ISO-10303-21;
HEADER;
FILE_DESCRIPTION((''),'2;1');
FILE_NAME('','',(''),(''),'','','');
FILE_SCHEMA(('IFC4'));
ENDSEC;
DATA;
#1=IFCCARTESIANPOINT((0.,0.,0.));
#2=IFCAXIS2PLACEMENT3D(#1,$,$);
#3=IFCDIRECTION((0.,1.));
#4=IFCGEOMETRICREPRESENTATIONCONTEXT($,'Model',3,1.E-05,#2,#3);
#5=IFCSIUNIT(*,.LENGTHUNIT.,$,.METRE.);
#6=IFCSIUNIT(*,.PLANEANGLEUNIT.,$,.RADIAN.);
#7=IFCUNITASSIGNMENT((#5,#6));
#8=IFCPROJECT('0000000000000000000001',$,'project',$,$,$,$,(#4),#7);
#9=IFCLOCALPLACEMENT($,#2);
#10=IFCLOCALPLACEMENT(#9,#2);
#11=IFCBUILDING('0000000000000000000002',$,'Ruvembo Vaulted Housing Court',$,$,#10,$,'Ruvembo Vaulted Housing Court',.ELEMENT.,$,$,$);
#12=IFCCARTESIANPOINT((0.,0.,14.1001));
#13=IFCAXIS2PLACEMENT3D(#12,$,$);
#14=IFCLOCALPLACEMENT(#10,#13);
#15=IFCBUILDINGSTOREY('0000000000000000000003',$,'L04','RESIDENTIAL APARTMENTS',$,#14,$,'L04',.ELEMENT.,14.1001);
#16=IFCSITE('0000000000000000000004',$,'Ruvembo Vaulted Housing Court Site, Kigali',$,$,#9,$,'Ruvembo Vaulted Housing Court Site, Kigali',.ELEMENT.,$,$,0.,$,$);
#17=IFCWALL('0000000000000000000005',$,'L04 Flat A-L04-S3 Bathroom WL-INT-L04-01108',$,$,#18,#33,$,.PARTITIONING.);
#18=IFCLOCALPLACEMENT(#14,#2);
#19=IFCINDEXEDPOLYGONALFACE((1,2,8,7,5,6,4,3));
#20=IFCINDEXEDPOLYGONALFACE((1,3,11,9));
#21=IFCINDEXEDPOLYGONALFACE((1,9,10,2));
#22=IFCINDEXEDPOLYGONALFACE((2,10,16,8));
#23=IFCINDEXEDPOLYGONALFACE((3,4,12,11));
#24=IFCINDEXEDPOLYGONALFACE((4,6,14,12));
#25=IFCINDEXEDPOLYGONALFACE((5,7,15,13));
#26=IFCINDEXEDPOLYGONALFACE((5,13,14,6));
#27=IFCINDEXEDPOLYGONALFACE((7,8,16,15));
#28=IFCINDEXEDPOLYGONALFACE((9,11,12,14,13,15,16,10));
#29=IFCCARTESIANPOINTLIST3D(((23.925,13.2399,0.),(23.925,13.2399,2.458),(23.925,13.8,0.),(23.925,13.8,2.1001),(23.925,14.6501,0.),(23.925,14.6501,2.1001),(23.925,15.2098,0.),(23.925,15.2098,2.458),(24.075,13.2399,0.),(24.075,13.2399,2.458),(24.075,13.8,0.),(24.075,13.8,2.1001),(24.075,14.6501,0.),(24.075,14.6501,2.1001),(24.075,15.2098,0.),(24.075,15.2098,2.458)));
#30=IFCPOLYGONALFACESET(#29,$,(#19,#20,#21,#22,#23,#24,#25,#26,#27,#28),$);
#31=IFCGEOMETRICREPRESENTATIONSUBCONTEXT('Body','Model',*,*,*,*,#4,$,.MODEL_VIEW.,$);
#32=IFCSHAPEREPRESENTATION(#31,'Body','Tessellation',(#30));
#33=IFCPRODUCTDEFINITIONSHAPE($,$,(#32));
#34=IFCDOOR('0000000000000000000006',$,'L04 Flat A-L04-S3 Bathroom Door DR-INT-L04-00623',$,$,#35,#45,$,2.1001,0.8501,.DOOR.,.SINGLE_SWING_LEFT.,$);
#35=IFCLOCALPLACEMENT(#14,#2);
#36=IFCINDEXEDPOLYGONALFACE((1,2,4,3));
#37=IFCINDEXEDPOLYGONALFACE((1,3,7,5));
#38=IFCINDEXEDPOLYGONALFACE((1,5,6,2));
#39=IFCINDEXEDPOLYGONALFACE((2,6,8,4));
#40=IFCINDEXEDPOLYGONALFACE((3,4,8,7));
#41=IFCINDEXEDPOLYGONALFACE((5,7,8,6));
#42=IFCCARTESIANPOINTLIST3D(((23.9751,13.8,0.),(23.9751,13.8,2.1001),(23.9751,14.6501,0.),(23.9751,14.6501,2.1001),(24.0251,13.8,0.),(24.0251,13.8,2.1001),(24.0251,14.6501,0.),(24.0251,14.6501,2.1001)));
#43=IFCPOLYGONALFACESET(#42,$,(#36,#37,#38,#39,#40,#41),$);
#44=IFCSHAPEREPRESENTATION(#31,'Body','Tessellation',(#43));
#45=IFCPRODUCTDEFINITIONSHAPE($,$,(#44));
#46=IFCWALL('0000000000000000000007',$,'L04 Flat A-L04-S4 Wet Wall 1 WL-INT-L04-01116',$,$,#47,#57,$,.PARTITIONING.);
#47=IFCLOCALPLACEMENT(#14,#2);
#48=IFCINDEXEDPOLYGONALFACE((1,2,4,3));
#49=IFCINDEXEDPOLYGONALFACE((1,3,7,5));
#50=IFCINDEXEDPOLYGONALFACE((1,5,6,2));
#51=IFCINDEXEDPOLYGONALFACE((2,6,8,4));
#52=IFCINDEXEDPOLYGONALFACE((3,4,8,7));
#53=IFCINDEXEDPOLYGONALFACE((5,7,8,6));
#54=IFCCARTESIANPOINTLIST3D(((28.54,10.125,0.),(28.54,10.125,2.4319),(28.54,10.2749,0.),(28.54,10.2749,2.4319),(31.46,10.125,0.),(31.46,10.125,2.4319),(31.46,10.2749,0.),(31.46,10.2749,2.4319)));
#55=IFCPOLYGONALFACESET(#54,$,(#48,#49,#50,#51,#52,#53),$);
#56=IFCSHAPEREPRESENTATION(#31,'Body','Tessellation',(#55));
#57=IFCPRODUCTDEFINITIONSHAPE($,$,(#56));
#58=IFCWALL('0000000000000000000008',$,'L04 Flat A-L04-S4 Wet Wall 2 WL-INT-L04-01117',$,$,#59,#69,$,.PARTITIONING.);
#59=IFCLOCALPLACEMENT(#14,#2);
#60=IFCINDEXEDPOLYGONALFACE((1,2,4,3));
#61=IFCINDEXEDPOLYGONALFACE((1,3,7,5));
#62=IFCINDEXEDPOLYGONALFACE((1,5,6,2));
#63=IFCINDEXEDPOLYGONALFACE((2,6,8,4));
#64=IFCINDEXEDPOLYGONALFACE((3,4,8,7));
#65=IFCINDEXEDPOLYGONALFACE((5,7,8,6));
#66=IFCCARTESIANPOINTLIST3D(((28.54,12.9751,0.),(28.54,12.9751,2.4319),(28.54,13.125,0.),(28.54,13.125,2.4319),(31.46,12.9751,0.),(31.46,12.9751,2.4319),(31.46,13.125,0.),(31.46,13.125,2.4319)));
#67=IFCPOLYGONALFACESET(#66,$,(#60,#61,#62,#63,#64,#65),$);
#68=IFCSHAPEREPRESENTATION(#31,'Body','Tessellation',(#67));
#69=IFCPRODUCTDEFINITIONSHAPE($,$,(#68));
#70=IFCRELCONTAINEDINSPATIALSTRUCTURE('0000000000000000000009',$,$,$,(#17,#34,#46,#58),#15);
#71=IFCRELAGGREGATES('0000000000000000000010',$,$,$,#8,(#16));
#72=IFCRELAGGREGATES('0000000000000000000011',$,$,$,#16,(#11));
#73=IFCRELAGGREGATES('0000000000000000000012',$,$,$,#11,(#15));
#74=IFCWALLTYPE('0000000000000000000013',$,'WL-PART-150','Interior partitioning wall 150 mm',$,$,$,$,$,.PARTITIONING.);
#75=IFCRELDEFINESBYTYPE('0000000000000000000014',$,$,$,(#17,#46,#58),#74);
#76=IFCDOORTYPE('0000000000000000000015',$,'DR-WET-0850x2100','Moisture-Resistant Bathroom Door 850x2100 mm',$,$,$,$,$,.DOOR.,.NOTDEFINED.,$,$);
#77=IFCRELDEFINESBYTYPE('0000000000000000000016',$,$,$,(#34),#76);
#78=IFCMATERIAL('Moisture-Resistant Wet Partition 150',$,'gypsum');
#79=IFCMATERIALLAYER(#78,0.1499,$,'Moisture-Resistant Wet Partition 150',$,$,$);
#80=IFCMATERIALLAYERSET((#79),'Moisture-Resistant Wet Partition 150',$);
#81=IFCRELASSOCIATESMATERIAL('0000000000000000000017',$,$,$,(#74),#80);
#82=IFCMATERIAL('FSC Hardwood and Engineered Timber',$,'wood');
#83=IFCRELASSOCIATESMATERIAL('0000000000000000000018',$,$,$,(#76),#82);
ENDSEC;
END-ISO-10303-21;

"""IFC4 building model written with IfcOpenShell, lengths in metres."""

from ifc_helpers import new_model, si_unit, direction, frame, frame_2d, origin, place, context, subcontext, project, spatial, rectangle, extrude, material, layer, layer_set, type_object, element, fill, save


model = new_model("IFC4")

# Units and contexts
model_context = context("Model", 3, precision=1e-05, world=origin(), true_north=direction((0.0, 1.0)))
body_context = subcontext(model_context, "Body", "Model", "MODEL_VIEW")
ifc_project = project(units=[si_unit("LENGTHUNIT", "METRE"), si_unit("PLANEANGLEUNIT", "RADIAN")], contexts=[model_context])

# Site, building, storey
site_placement = place(None, origin())
site = spatial("IfcSite", under=ifc_project, at=site_placement, Name="Ruvembo Vaulted Housing Court Site, Kigali", LongName="Ruvembo Vaulted Housing Court Site, Kigali", CompositionType="ELEMENT", RefElevation=0.0)
building_placement = place(site_placement, origin())
building = spatial("IfcBuilding", under=site, at=building_placement, Name="Ruvembo Vaulted Housing Court", LongName="Ruvembo Vaulted Housing Court", CompositionType="ELEMENT")
storey_placement = place(building_placement, frame((0.0, 0.0, 14.1001)))
storey = spatial("IfcBuildingStorey", under=building, at=storey_placement, Name="L04", Description="RESIDENTIAL APARTMENTS", LongName="L04", CompositionType="ELEMENT", Elevation=14.1001)

# Shared definitions
ifc_material_1 = material(Name="FSC Hardwood and Engineered Timber", Category="wood")

# Wall, opening, door
ifc_material_2 = material(Name="Moisture-Resistant Wet Partition 150", Category="gypsum")
ifc_layer_1 = layer(ifc_material_2, 0.1499, Name="Moisture-Resistant Wet Partition 150")
ifc_layer_set_1 = layer_set([ifc_layer_1], Name="Moisture-Resistant Wet Partition 150")
wall_type_1 = type_object("IfcWallType", Name="WL-PART-150", Description="Interior partitioning wall 150 mm", PredefinedType="PARTITIONING", material=ifc_layer_set_1)
wall_1_placement = place(storey_placement, frame((24.0, 13.24, 0.0), z_axis=(0.0, 0.0, 1.0), x_axis=(0.0, 1.0, 0.0)))
wall_1 = element("IfcWall", 1, at=wall_1_placement, inside=storey, type_object=wall_type_1, Name="L04 Flat A-L04-S3 Bathroom WL-INT-L04-01108", PredefinedType="PARTITIONING", context=body_context, shape_type="SweptSolid", body=[
    extrude(rectangle(XDim=1.97, YDim=0.1499, at=frame_2d((0.9849, 0.0))), origin(), (0.0, 0.0, 1.0), 2.458),
])
opening_1_placement = place(wall_1_placement, frame((0.5601, 0.0, 0.0)))
opening_1 = element("IfcOpeningElement", 2, at=opening_1_placement, cuts=wall_1, PredefinedType="OPENING", context=body_context, shape_type="SweptSolid", body=[
    extrude(rectangle(XDim=0.8501, YDim=2.1001, at=frame_2d((0.425, 1.05))), frame((0.0, 0.085, 0.0), z_axis=(0.0, -1.0, 0.0), x_axis=(1.0, 0.0, 0.0)), (0.0, 0.0, 1.0), 0.1699),
])
door_type_1 = type_object("IfcDoorType", Name="DR-WET-0850x2100", Description="Moisture-Resistant Bathroom Door 850x2100 mm", OperationType="NOTDEFINED", PredefinedType="DOOR", material=ifc_material_1)
door_1_placement = place(opening_1_placement, origin())
door_1 = element("IfcDoor", 3, at=door_1_placement, inside=storey, type_object=door_type_1, Name="L04 Flat A-L04-S3 Bathroom Door DR-INT-L04-00623", OperationType="SINGLE_SWING_LEFT", OverallHeight=2.1001, OverallWidth=0.8501, PredefinedType="DOOR", context=body_context, shape_type="SweptSolid", body=[
    extrude(rectangle(XDim=0.8501, YDim=2.1001, at=frame_2d((0.425, 1.05))), frame((0.0, 0.0249, 0.0), z_axis=(0.0, -1.0, 0.0), x_axis=(1.0, 0.0, 0.0)), (0.0, 0.0, 1.0), 0.05),
])
fill(opening_1, door_1)

# Walls
for number, where, z_axis, x_axis, name in (
    (4, (28.54, 10.2, 0.0), (0.0, 0.0, 1.0), (1.0, 0.0, 0.0), "L04 Flat A-L04-S4 Wet Wall 1 WL-INT-L04-01116"),
    (5, (28.54, 13.05, 0.0), (0.0, 0.0, 1.0), (1.0, 0.0, 0.0), "L04 Flat A-L04-S4 Wet Wall 2 WL-INT-L04-01117"),
):
    element("IfcWall", number, at=place(storey_placement, frame(where, z_axis=z_axis, x_axis=x_axis)), inside=storey, type_object=wall_type_1, Name=name, PredefinedType="PARTITIONING", context=body_context, shape_type="SweptSolid", body=[
        extrude(rectangle(XDim=2.9199, YDim=0.1499, at=frame_2d((1.46, 0.0))), origin(), (0.0, 0.0, 1.0), 2.4319),
    ])

save(model, "model.ifc")
